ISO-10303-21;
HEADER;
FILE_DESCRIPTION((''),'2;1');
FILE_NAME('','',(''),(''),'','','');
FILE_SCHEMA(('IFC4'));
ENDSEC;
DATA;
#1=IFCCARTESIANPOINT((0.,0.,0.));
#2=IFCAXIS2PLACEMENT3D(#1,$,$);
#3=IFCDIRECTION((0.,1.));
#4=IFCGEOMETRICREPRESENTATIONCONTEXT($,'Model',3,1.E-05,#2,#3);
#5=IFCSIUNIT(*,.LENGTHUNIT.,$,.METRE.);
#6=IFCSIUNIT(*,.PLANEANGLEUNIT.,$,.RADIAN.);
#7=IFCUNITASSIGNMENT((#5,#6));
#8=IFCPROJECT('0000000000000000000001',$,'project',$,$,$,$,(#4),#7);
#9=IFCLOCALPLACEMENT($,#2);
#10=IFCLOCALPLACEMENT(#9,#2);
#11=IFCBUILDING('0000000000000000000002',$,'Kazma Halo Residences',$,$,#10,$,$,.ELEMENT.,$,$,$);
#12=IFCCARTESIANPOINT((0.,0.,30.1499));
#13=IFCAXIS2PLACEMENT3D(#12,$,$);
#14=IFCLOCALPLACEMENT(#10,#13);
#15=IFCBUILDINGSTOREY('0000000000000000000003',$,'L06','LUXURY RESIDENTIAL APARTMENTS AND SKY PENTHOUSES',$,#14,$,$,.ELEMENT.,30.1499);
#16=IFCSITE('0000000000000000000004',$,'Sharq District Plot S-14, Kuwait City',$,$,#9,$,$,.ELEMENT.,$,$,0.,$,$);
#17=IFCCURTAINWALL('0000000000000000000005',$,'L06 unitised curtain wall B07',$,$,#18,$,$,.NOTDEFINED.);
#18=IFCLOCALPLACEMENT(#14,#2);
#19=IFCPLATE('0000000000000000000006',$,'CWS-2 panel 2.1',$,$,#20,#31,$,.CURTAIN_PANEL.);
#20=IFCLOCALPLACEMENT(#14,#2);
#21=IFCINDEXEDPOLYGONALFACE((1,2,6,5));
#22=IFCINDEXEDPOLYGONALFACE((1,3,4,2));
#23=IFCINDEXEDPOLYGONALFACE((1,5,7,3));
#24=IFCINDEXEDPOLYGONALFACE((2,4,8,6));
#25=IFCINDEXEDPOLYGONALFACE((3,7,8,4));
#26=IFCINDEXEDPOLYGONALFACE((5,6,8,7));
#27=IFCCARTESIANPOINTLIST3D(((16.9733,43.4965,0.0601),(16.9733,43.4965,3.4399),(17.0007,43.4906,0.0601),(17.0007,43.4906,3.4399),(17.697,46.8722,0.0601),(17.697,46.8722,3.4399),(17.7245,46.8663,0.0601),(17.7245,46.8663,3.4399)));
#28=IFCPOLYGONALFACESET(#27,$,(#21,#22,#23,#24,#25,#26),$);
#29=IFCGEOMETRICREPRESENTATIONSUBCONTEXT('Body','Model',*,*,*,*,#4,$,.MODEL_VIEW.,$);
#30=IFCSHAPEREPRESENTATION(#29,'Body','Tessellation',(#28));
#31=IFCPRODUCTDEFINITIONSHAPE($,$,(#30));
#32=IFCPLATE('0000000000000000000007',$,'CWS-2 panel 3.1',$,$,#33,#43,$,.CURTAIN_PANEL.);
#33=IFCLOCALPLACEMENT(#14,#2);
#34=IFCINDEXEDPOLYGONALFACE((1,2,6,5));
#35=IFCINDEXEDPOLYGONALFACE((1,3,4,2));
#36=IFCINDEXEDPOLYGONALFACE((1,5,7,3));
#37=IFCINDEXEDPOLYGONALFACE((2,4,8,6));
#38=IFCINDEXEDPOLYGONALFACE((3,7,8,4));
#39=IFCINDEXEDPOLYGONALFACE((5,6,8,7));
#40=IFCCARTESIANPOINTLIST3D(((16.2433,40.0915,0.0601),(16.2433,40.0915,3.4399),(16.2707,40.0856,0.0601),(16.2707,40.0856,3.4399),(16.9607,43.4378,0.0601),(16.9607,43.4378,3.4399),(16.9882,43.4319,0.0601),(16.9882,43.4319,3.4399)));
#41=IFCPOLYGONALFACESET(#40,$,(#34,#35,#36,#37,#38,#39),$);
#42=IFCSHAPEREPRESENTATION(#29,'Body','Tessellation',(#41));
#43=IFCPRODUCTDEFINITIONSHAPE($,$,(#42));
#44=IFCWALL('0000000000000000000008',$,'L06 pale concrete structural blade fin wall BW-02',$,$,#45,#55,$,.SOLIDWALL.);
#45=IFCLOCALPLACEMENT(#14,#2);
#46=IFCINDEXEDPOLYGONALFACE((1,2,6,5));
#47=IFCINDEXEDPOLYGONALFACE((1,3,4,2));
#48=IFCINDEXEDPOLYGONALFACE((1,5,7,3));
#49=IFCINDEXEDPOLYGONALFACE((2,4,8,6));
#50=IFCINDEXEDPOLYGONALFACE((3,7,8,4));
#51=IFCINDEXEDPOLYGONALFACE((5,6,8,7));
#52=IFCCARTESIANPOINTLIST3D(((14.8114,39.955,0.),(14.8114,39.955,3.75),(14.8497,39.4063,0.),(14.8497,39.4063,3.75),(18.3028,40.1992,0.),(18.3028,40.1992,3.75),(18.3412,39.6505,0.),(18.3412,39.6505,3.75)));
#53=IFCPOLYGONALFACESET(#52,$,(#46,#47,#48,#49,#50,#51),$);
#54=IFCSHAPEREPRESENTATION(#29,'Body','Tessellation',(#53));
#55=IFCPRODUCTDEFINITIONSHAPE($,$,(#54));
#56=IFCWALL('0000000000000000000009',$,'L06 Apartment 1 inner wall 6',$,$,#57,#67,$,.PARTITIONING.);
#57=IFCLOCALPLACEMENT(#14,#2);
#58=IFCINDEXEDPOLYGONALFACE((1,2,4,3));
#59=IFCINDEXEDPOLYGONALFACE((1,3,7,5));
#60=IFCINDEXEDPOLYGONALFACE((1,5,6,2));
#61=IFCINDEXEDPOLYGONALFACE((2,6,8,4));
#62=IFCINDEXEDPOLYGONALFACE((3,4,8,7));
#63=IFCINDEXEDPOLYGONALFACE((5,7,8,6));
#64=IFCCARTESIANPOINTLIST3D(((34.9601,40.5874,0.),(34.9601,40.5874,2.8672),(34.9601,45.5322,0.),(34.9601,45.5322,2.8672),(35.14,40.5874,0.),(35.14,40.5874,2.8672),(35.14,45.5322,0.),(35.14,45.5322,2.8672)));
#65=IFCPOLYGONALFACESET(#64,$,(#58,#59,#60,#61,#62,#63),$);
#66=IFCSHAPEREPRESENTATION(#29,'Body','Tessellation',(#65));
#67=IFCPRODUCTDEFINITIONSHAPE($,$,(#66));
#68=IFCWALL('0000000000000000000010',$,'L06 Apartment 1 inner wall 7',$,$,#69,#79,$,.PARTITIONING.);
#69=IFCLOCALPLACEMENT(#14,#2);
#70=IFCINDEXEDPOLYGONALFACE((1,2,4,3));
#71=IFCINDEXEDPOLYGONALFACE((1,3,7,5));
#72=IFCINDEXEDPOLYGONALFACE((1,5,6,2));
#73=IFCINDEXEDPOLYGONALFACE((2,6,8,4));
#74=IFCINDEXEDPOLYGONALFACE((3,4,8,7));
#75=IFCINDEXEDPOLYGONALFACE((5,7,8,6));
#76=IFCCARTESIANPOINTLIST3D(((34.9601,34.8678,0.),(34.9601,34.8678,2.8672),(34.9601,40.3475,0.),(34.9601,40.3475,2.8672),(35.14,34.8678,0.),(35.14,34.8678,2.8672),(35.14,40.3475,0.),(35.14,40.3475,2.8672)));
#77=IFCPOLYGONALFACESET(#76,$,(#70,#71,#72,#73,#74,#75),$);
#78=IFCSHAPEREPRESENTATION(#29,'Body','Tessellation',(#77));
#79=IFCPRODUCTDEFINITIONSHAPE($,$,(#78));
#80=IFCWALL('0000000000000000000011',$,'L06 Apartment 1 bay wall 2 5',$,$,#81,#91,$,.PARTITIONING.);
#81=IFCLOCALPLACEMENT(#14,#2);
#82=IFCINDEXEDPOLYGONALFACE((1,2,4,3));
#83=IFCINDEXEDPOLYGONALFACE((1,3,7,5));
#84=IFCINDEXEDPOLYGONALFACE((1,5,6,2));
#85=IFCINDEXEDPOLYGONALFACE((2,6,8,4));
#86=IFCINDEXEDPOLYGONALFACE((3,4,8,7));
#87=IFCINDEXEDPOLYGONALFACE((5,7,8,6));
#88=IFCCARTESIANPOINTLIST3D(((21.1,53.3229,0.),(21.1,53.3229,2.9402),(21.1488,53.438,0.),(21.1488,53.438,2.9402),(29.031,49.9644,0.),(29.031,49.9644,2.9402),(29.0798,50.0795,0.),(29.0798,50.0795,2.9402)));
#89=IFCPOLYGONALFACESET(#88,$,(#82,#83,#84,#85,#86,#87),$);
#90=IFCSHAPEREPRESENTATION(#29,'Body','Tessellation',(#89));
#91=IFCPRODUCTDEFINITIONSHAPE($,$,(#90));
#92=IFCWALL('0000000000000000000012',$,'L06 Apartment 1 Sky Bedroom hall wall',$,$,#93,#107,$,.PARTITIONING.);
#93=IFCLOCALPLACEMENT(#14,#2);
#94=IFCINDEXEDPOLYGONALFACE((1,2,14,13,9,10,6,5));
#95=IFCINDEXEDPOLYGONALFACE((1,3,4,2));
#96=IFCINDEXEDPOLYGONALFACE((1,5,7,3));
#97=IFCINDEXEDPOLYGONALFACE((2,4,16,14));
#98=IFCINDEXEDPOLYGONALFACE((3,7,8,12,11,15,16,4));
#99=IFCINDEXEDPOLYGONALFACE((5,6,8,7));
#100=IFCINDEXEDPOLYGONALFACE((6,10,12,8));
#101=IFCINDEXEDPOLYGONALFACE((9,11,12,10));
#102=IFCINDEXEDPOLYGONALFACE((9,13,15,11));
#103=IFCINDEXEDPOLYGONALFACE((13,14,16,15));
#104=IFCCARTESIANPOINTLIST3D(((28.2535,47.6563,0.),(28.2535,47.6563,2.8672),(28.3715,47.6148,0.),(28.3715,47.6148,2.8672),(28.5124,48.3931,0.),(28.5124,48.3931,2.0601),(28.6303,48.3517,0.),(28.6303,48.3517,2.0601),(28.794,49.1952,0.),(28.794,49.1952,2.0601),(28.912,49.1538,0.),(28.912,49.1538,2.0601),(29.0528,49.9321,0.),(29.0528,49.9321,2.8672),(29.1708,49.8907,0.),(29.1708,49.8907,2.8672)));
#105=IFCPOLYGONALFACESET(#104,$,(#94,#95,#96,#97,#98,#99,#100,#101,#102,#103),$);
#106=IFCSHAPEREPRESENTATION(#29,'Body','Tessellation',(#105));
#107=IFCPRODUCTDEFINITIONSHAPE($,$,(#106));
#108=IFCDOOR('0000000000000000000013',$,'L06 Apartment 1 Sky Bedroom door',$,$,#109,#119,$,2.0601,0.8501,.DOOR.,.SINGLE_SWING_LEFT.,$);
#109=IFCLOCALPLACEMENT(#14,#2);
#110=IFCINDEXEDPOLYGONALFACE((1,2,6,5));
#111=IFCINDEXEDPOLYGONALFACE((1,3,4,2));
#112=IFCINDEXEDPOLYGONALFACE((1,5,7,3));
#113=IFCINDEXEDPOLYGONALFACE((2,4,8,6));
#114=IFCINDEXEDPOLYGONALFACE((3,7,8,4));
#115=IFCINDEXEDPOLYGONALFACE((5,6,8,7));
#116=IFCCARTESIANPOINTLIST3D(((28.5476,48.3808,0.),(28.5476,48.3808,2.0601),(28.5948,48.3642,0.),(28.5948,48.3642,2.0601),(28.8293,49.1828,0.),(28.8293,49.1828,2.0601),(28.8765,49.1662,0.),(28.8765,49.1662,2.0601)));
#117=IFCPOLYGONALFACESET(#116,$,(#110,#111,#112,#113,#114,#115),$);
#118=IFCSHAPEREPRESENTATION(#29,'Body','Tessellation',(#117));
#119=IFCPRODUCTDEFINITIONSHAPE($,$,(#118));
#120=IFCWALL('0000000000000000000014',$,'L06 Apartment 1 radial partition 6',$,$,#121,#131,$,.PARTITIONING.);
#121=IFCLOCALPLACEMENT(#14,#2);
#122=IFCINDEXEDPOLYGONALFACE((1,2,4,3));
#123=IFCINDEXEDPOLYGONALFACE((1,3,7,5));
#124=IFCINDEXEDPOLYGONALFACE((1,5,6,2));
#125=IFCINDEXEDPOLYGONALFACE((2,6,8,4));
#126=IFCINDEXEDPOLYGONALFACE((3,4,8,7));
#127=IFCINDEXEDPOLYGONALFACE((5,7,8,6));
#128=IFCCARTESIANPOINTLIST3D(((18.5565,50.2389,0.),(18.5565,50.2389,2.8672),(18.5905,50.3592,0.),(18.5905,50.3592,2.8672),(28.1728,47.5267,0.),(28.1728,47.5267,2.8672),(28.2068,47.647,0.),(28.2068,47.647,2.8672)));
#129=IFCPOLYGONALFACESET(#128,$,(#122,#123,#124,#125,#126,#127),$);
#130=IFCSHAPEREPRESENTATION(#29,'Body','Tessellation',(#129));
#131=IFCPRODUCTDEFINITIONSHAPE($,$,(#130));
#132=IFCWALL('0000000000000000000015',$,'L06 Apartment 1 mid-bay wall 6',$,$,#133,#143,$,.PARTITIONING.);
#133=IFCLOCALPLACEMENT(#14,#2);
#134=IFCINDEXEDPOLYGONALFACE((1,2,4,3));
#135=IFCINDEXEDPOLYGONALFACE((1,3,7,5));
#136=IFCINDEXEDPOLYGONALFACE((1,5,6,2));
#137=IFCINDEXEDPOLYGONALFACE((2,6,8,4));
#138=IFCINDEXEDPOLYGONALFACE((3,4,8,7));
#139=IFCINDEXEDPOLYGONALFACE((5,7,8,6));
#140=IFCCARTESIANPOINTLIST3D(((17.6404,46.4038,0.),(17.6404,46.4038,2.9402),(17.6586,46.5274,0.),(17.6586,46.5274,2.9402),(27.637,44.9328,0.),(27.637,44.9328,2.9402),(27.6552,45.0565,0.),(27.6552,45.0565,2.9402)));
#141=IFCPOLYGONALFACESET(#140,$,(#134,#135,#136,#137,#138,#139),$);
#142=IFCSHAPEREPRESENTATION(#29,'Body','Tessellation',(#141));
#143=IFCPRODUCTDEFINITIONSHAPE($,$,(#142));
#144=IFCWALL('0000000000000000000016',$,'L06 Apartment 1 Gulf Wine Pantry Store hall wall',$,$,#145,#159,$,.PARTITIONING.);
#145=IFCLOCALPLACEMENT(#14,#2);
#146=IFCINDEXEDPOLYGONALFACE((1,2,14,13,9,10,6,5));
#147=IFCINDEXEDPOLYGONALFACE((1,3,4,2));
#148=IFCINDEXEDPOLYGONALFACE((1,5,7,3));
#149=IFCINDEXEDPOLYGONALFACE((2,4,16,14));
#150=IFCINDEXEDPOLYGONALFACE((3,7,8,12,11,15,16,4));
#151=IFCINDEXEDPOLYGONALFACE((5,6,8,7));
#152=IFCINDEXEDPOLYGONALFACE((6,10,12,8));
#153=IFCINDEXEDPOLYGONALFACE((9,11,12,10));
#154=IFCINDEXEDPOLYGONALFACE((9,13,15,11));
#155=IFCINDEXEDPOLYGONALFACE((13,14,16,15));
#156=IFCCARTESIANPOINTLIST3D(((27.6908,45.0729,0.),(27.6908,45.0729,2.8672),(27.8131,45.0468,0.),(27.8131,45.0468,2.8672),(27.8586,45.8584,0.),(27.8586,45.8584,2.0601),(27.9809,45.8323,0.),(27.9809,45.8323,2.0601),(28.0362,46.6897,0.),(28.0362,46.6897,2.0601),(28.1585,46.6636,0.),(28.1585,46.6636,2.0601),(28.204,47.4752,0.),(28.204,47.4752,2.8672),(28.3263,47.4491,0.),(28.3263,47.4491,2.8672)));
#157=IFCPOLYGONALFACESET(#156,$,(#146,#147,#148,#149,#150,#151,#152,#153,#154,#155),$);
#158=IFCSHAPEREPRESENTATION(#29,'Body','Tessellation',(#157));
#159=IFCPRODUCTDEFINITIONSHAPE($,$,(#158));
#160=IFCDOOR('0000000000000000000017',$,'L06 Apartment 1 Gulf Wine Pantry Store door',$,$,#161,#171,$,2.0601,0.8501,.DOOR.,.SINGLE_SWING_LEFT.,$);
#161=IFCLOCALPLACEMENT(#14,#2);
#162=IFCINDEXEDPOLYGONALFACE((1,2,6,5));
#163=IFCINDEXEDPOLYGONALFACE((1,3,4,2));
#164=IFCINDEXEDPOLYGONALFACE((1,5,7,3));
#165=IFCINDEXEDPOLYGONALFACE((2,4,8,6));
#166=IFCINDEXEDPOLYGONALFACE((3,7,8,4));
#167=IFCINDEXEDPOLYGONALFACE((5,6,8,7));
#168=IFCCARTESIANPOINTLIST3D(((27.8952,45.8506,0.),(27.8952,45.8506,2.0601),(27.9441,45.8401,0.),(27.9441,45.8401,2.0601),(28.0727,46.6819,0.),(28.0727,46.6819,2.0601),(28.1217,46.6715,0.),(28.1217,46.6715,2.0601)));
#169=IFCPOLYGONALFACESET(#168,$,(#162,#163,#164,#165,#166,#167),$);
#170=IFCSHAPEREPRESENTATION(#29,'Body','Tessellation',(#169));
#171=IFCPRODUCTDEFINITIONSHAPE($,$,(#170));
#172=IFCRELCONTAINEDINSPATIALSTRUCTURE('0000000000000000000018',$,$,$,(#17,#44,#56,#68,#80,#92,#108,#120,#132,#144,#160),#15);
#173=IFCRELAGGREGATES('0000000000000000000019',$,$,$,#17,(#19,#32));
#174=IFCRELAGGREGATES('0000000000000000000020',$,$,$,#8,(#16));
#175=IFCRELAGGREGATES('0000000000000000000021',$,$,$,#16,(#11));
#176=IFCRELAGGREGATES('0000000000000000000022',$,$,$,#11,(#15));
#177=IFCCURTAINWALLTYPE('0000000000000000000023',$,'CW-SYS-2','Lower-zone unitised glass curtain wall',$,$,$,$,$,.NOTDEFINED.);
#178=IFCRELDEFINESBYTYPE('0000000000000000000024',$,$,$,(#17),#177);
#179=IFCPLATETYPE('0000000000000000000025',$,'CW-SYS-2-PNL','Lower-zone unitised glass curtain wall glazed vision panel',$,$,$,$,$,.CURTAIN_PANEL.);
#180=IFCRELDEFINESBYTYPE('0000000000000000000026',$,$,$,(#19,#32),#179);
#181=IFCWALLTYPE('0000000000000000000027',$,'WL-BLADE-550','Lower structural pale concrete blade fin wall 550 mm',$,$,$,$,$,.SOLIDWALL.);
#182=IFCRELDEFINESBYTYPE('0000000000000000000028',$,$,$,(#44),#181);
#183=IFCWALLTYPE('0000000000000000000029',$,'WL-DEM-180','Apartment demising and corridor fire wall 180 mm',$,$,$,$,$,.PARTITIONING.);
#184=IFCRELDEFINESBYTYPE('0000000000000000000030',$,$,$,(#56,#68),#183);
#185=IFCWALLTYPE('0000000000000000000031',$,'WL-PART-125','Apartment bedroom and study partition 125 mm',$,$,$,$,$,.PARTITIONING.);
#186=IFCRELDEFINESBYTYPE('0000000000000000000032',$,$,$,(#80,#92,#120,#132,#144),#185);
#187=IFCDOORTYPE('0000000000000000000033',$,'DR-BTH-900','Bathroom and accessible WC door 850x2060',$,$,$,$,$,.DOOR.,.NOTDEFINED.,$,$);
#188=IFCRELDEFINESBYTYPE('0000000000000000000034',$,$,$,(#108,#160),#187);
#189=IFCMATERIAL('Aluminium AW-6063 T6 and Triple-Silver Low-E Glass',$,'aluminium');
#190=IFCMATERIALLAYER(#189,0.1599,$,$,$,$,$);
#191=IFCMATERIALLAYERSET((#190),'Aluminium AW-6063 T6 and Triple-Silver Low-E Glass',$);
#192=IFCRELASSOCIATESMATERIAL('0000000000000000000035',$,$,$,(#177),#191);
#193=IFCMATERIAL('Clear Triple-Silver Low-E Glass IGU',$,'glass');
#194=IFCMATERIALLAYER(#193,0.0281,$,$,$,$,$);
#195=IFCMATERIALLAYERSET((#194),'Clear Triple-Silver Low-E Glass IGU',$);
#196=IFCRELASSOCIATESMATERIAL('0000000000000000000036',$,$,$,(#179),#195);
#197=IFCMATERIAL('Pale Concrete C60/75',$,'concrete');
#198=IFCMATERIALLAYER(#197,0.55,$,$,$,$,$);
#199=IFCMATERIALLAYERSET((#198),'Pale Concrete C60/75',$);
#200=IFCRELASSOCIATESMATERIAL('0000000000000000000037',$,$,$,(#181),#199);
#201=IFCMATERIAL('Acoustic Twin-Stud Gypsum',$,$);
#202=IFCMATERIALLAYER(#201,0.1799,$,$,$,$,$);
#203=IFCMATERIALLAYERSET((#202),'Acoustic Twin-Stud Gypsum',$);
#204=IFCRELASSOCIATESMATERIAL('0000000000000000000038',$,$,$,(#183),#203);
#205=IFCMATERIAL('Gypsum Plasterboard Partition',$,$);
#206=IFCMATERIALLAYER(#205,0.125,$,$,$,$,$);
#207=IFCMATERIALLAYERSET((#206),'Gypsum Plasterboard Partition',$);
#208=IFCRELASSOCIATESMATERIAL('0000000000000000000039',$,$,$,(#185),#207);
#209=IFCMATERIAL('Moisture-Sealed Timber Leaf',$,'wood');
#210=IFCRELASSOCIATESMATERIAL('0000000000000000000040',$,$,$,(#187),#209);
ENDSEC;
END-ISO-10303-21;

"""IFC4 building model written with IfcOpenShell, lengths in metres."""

from ifc_helpers import new_model, si_unit, direction, frame, frame_2d, origin, origin_2d, place, context, subcontext, project, spatial, rectangle, extrude, material, layer, layer_set, type_object, element, fill, aggregate, save


model = new_model("IFC4")

# Units and contexts
model_context = context("Model", 3, precision=1e-05, world=origin(), true_north=direction((0.0, 1.0)))
body_context = subcontext(model_context, "Body", "Model", "MODEL_VIEW")
ifc_project = project(units=[si_unit("LENGTHUNIT", "METRE"), si_unit("PLANEANGLEUNIT", "RADIAN")], contexts=[model_context])

# Site, building, storey
site_placement = place(None, origin())
site = spatial("IfcSite", under=ifc_project, at=site_placement, Name="Sharq District Plot S-14, Kuwait City", CompositionType="ELEMENT", RefElevation=0.0)
building_placement = place(site_placement, origin())
building = spatial("IfcBuilding", under=site, at=building_placement, Name="Kazma Halo Residences", CompositionType="ELEMENT")
storey_placement = place(building_placement, frame((0.0, 0.0, 30.1499)))
storey = spatial("IfcBuildingStorey", under=building, at=storey_placement, Name="L06", Description="LUXURY RESIDENTIAL APARTMENTS AND SKY PENTHOUSES", CompositionType="ELEMENT", Elevation=30.1499)

# Curtain wall, plates
ifc_material_1 = material(Name="Aluminium AW-6063 T6 and Triple-Silver Low-E Glass", Category="aluminium")
ifc_layer_1 = layer(ifc_material_1, 0.1599)
ifc_layer_set_1 = layer_set([ifc_layer_1], Name="Aluminium AW-6063 T6 and Triple-Silver Low-E Glass")
curtain_wall_type = type_object("IfcCurtainWallType", Name="CW-SYS-2", Description="Lower-zone unitised glass curtain wall", PredefinedType="NOTDEFINED", material=ifc_layer_set_1)
curtain_wall_placement = place(storey_placement, origin())
curtain_wall = element("IfcCurtainWall", 1, at=curtain_wall_placement, inside=storey, type_object=curtain_wall_type, Name="L06 unitised curtain wall B07", PredefinedType="NOTDEFINED")
ifc_material_2 = material(Name="Clear Triple-Silver Low-E Glass IGU", Category="glass")
ifc_layer_2 = layer(ifc_material_2, 0.0281)
ifc_layer_set_2 = layer_set([ifc_layer_2], Name="Clear Triple-Silver Low-E Glass IGU")
plate_type = type_object("IfcPlateType", Name="CW-SYS-2-PNL", Description="Lower-zone unitised glass curtain wall glazed vision panel", PredefinedType="CURTAIN_PANEL", material=ifc_layer_set_2)
plate_1_placement = place(storey_placement, frame((17.3489, 45.1814, 0.0601), z_axis=(0.0, 0.0, 1.0), x_axis=(-0.209637, -0.977779, 0.0)))
plate_1 = element("IfcPlate", 2, at=plate_1_placement, type_object=plate_type, Name="CWS-2 panel 2.1", PredefinedType="CURTAIN_PANEL", context=body_context, shape_type="SweptSolid", body=[
    extrude(rectangle(XDim=3.4524, YDim=0.0281, at=origin_2d()), origin(), (0.0, 0.0, 1.0), 3.3799),
])
plate_2_placement = place(storey_placement, frame((16.6157, 41.7617, 0.0601), z_axis=(0.0, 0.0, 1.0), x_axis=(-0.209637, -0.977779, 0.0)))
plate_2 = element("IfcPlate", 3, at=plate_2_placement, type_object=plate_type, Name="CWS-2 panel 3.1", PredefinedType="CURTAIN_PANEL", context=body_context, shape_type="SweptSolid", body=[
    extrude(rectangle(XDim=3.4224, YDim=0.0281, at=origin_2d()), origin(), (0.0, 0.0, 1.0), 3.3799),
])
aggregate(curtain_wall, [plate_1, plate_2])

# Walls
ifc_material_3 = material(Name="Pale Concrete C60/75", Category="concrete")
ifc_layer_3 = layer(ifc_material_3, 0.55)
ifc_layer_set_3 = layer_set([ifc_layer_3], Name="Pale Concrete C60/75")
wall_type_1 = type_object("IfcWallType", Name="WL-BLADE-550", Description="Lower structural pale concrete blade fin wall 550 mm", PredefinedType="SOLIDWALL", material=ifc_layer_set_3)
wall_1_placement = place(storey_placement, frame((18.322, 39.9248, 0.0), z_axis=(0.0, 0.0, 1.0), x_axis=(-0.997564, -0.069755, 0.0)))
element("IfcWall", 4, at=wall_1_placement, inside=storey, type_object=wall_type_1, Name="L06 pale concrete structural blade fin wall BW-02", PredefinedType="SOLIDWALL", context=body_context, shape_type="SweptSolid", body=[
    extrude(rectangle(XDim=3.5, YDim=0.55, at=frame_2d((1.75, 0.0))), origin(), (0.0, 0.0, 1.0), 3.75),
])
ifc_material_4 = material(Name="Acoustic Twin-Stud Gypsum")
ifc_layer_4 = layer(ifc_material_4, 0.1799)
ifc_layer_set_4 = layer_set([ifc_layer_4], Name="Acoustic Twin-Stud Gypsum")
wall_type_2 = type_object("IfcWallType", Name="WL-DEM-180", Description="Apartment demising and corridor fire wall 180 mm", PredefinedType="PARTITIONING", material=ifc_layer_set_4)
wall_2_placement = place(storey_placement, frame((35.05, 45.5322, 0.0), z_axis=(0.0, 0.0, 1.0), x_axis=(0.0, -1.0, 0.0)))
element("IfcWall", 5, at=wall_2_placement, inside=storey, type_object=wall_type_2, Name="L06 Apartment 1 inner wall 6", PredefinedType="PARTITIONING", context=body_context, shape_type="SweptSolid", body=[
    extrude(rectangle(XDim=4.9448, YDim=0.1799, at=frame_2d((2.4724, 0.0))), origin(), (0.0, 0.0, 1.0), 2.8672),
])
wall_3_placement = place(storey_placement, frame((35.05, 40.3474, 0.0), z_axis=(0.0, 0.0, 1.0), x_axis=(0.0, -1.0, 0.0)))
element("IfcWall", 6, at=wall_3_placement, inside=storey, type_object=wall_type_2, Name="L06 Apartment 1 inner wall 7", PredefinedType="PARTITIONING", context=body_context, shape_type="SweptSolid", body=[
    extrude(rectangle(XDim=5.4797, YDim=0.1799, at=frame_2d((2.7397, 0.0))), origin(), (0.0, 0.0, 1.0), 2.8672),
])
ifc_material_5 = material(Name="Gypsum Plasterboard Partition")
ifc_layer_5 = layer(ifc_material_5, 0.125)
ifc_layer_set_5 = layer_set([ifc_layer_5], Name="Gypsum Plasterboard Partition")
wall_type_3 = type_object("IfcWallType", Name="WL-PART-125", Description="Apartment bedroom and study partition 125 mm", PredefinedType="PARTITIONING", material=ifc_layer_set_5)
wall_4_placement = place(storey_placement, frame((29.0554, 50.022, 0.0), z_axis=(0.0, 0.0, 1.0), x_axis=(-0.920842, 0.389937, 0.0)))
element("IfcWall", 7, at=wall_4_placement, inside=storey, type_object=wall_type_3, Name="L06 Apartment 1 bay wall 2 5", PredefinedType="PARTITIONING", context=body_context, shape_type="SweptSolid", body=[
    extrude(rectangle(XDim=8.6128, YDim=0.125, at=frame_2d((4.3064, 0.0))), origin(), (0.0, 0.0, 1.0), 2.9402),
])

# Wall, opening, door
wall_5_placement = place(storey_placement, frame((29.1118, 49.9114, 0.0), z_axis=(0.0, 0.0, 1.0), x_axis=(-0.331369, -0.943501, 0.0)))
wall_5 = element("IfcWall", 8, at=wall_5_placement, inside=storey, type_object=wall_type_3, Name="L06 Apartment 1 Sky Bedroom hall wall", PredefinedType="PARTITIONING", context=body_context, shape_type="SweptSolid", body=[
    extrude(rectangle(XDim=2.4121, YDim=0.125, at=frame_2d((1.2061, 0.0))), origin(), (0.0, 0.0, 1.0), 2.8672),
])
opening_1_placement = place(wall_5_placement, frame((0.781, 0.0, 0.0)))
opening_1 = element("IfcOpeningElement", 9, at=opening_1_placement, cuts=wall_5, PredefinedType="OPENING", context=body_context, shape_type="SweptSolid", body=[
    extrude(rectangle(XDim=0.8501, YDim=2.0601, at=frame_2d((0.425, 1.03))), frame((0.0, 0.0725, 0.0), z_axis=(0.0, -1.0, 0.0), x_axis=(1.0, 0.0, 0.0)), (0.0, 0.0, 1.0), 0.145),
])
ifc_material_6 = material(Name="Moisture-Sealed Timber Leaf", Category="wood")
door_type_1 = type_object("IfcDoorType", Name="DR-BTH-900", Description="Bathroom and accessible WC door 850x2060", OperationType="NOTDEFINED", PredefinedType="DOOR", material=ifc_material_6)
door_1_placement = place(opening_1_placement, origin())
door_1 = element("IfcDoor", 10, at=door_1_placement, inside=storey, type_object=door_type_1, Name="L06 Apartment 1 Sky Bedroom door", OperationType="SINGLE_SWING_LEFT", OverallHeight=2.0601, OverallWidth=0.8501, PredefinedType="DOOR", context=body_context, shape_type="SweptSolid", body=[
    extrude(rectangle(XDim=0.8501, YDim=2.0601, at=frame_2d((0.425, 1.03))), frame((0.0, 0.0249, 0.0), z_axis=(0.0, -1.0, 0.0), x_axis=(1.0, 0.0, 0.0)), (0.0, 0.0, 1.0), 0.05),
])
fill(opening_1, door_1)

# Walls
wall_6_placement = place(storey_placement, frame((28.1897, 47.5869, 0.0), z_axis=(0.0, 0.0, 1.0), x_axis=(-0.962452, 0.27145, 0.0)))
element("IfcWall", 11, at=wall_6_placement, inside=storey, type_object=wall_type_3, Name="L06 Apartment 1 radial partition 6", PredefinedType="PARTITIONING", context=body_context, shape_type="SweptSolid", body=[
    extrude(rectangle(XDim=9.9915, YDim=0.125, at=frame_2d((4.9956, 0.0))), origin(), (0.0, 0.0, 1.0), 2.8672),
])
wall_7_placement = place(storey_placement, frame((27.6462, 44.9946, 0.0), z_axis=(0.0, 0.0, 1.0), x_axis=(-0.989347, 0.145577, 0.0)))
element("IfcWall", 12, at=wall_7_placement, inside=storey, type_object=wall_type_3, Name="L06 Apartment 1 mid-bay wall 6", PredefinedType="PARTITIONING", context=body_context, shape_type="SweptSolid", body=[
    extrude(rectangle(XDim=10.1042, YDim=0.125, at=frame_2d((5.0522, 0.0))), origin(), (0.0, 0.0, 1.0), 2.9402),
])

# Wall, opening, door
wall_8_placement = place(storey_placement, frame((28.2651, 47.4622, 0.0), z_axis=(0.0, 0.0, 1.0), x_axis=(-0.208905, -0.977936, 0.0)))
wall_8 = element("IfcWall", 13, at=wall_8_placement, inside=storey, type_object=wall_type_3, Name="L06 Apartment 1 Gulf Wine Pantry Store hall wall", PredefinedType="PARTITIONING", context=body_context, shape_type="SweptSolid", body=[
    extrude(rectangle(XDim=2.4565, YDim=0.125, at=frame_2d((1.2283, 0.0))), origin(), (0.0, 0.0, 1.0), 2.8672),
])
opening_2_placement = place(wall_8_placement, frame((0.8032, 0.0, 0.0)))
opening_2 = element("IfcOpeningElement", 14, at=opening_2_placement, cuts=wall_8, PredefinedType="OPENING", context=body_context, shape_type="SweptSolid", body=[
    extrude(rectangle(XDim=0.8501, YDim=2.0601, at=frame_2d((0.425, 1.03))), frame((0.0, 0.0725, 0.0), z_axis=(0.0, -1.0, 0.0), x_axis=(1.0, 0.0, 0.0)), (0.0, 0.0, 1.0), 0.145),
])
door_2_placement = place(opening_2_placement, origin())
door_2 = element("IfcDoor", 15, at=door_2_placement, inside=storey, type_object=door_type_1, Name="L06 Apartment 1 Gulf Wine Pantry Store door", OperationType="SINGLE_SWING_LEFT", OverallHeight=2.0601, OverallWidth=0.8501, PredefinedType="DOOR", context=body_context, shape_type="SweptSolid", body=[
    extrude(rectangle(XDim=0.8501, YDim=2.0601, at=frame_2d((0.425, 1.03))), frame((0.0, 0.0249, 0.0), z_axis=(0.0, -1.0, 0.0), x_axis=(1.0, 0.0, 0.0)), (0.0, 0.0, 1.0), 0.05),
])
fill(opening_2, door_2)

save(model, "model.ifc")
